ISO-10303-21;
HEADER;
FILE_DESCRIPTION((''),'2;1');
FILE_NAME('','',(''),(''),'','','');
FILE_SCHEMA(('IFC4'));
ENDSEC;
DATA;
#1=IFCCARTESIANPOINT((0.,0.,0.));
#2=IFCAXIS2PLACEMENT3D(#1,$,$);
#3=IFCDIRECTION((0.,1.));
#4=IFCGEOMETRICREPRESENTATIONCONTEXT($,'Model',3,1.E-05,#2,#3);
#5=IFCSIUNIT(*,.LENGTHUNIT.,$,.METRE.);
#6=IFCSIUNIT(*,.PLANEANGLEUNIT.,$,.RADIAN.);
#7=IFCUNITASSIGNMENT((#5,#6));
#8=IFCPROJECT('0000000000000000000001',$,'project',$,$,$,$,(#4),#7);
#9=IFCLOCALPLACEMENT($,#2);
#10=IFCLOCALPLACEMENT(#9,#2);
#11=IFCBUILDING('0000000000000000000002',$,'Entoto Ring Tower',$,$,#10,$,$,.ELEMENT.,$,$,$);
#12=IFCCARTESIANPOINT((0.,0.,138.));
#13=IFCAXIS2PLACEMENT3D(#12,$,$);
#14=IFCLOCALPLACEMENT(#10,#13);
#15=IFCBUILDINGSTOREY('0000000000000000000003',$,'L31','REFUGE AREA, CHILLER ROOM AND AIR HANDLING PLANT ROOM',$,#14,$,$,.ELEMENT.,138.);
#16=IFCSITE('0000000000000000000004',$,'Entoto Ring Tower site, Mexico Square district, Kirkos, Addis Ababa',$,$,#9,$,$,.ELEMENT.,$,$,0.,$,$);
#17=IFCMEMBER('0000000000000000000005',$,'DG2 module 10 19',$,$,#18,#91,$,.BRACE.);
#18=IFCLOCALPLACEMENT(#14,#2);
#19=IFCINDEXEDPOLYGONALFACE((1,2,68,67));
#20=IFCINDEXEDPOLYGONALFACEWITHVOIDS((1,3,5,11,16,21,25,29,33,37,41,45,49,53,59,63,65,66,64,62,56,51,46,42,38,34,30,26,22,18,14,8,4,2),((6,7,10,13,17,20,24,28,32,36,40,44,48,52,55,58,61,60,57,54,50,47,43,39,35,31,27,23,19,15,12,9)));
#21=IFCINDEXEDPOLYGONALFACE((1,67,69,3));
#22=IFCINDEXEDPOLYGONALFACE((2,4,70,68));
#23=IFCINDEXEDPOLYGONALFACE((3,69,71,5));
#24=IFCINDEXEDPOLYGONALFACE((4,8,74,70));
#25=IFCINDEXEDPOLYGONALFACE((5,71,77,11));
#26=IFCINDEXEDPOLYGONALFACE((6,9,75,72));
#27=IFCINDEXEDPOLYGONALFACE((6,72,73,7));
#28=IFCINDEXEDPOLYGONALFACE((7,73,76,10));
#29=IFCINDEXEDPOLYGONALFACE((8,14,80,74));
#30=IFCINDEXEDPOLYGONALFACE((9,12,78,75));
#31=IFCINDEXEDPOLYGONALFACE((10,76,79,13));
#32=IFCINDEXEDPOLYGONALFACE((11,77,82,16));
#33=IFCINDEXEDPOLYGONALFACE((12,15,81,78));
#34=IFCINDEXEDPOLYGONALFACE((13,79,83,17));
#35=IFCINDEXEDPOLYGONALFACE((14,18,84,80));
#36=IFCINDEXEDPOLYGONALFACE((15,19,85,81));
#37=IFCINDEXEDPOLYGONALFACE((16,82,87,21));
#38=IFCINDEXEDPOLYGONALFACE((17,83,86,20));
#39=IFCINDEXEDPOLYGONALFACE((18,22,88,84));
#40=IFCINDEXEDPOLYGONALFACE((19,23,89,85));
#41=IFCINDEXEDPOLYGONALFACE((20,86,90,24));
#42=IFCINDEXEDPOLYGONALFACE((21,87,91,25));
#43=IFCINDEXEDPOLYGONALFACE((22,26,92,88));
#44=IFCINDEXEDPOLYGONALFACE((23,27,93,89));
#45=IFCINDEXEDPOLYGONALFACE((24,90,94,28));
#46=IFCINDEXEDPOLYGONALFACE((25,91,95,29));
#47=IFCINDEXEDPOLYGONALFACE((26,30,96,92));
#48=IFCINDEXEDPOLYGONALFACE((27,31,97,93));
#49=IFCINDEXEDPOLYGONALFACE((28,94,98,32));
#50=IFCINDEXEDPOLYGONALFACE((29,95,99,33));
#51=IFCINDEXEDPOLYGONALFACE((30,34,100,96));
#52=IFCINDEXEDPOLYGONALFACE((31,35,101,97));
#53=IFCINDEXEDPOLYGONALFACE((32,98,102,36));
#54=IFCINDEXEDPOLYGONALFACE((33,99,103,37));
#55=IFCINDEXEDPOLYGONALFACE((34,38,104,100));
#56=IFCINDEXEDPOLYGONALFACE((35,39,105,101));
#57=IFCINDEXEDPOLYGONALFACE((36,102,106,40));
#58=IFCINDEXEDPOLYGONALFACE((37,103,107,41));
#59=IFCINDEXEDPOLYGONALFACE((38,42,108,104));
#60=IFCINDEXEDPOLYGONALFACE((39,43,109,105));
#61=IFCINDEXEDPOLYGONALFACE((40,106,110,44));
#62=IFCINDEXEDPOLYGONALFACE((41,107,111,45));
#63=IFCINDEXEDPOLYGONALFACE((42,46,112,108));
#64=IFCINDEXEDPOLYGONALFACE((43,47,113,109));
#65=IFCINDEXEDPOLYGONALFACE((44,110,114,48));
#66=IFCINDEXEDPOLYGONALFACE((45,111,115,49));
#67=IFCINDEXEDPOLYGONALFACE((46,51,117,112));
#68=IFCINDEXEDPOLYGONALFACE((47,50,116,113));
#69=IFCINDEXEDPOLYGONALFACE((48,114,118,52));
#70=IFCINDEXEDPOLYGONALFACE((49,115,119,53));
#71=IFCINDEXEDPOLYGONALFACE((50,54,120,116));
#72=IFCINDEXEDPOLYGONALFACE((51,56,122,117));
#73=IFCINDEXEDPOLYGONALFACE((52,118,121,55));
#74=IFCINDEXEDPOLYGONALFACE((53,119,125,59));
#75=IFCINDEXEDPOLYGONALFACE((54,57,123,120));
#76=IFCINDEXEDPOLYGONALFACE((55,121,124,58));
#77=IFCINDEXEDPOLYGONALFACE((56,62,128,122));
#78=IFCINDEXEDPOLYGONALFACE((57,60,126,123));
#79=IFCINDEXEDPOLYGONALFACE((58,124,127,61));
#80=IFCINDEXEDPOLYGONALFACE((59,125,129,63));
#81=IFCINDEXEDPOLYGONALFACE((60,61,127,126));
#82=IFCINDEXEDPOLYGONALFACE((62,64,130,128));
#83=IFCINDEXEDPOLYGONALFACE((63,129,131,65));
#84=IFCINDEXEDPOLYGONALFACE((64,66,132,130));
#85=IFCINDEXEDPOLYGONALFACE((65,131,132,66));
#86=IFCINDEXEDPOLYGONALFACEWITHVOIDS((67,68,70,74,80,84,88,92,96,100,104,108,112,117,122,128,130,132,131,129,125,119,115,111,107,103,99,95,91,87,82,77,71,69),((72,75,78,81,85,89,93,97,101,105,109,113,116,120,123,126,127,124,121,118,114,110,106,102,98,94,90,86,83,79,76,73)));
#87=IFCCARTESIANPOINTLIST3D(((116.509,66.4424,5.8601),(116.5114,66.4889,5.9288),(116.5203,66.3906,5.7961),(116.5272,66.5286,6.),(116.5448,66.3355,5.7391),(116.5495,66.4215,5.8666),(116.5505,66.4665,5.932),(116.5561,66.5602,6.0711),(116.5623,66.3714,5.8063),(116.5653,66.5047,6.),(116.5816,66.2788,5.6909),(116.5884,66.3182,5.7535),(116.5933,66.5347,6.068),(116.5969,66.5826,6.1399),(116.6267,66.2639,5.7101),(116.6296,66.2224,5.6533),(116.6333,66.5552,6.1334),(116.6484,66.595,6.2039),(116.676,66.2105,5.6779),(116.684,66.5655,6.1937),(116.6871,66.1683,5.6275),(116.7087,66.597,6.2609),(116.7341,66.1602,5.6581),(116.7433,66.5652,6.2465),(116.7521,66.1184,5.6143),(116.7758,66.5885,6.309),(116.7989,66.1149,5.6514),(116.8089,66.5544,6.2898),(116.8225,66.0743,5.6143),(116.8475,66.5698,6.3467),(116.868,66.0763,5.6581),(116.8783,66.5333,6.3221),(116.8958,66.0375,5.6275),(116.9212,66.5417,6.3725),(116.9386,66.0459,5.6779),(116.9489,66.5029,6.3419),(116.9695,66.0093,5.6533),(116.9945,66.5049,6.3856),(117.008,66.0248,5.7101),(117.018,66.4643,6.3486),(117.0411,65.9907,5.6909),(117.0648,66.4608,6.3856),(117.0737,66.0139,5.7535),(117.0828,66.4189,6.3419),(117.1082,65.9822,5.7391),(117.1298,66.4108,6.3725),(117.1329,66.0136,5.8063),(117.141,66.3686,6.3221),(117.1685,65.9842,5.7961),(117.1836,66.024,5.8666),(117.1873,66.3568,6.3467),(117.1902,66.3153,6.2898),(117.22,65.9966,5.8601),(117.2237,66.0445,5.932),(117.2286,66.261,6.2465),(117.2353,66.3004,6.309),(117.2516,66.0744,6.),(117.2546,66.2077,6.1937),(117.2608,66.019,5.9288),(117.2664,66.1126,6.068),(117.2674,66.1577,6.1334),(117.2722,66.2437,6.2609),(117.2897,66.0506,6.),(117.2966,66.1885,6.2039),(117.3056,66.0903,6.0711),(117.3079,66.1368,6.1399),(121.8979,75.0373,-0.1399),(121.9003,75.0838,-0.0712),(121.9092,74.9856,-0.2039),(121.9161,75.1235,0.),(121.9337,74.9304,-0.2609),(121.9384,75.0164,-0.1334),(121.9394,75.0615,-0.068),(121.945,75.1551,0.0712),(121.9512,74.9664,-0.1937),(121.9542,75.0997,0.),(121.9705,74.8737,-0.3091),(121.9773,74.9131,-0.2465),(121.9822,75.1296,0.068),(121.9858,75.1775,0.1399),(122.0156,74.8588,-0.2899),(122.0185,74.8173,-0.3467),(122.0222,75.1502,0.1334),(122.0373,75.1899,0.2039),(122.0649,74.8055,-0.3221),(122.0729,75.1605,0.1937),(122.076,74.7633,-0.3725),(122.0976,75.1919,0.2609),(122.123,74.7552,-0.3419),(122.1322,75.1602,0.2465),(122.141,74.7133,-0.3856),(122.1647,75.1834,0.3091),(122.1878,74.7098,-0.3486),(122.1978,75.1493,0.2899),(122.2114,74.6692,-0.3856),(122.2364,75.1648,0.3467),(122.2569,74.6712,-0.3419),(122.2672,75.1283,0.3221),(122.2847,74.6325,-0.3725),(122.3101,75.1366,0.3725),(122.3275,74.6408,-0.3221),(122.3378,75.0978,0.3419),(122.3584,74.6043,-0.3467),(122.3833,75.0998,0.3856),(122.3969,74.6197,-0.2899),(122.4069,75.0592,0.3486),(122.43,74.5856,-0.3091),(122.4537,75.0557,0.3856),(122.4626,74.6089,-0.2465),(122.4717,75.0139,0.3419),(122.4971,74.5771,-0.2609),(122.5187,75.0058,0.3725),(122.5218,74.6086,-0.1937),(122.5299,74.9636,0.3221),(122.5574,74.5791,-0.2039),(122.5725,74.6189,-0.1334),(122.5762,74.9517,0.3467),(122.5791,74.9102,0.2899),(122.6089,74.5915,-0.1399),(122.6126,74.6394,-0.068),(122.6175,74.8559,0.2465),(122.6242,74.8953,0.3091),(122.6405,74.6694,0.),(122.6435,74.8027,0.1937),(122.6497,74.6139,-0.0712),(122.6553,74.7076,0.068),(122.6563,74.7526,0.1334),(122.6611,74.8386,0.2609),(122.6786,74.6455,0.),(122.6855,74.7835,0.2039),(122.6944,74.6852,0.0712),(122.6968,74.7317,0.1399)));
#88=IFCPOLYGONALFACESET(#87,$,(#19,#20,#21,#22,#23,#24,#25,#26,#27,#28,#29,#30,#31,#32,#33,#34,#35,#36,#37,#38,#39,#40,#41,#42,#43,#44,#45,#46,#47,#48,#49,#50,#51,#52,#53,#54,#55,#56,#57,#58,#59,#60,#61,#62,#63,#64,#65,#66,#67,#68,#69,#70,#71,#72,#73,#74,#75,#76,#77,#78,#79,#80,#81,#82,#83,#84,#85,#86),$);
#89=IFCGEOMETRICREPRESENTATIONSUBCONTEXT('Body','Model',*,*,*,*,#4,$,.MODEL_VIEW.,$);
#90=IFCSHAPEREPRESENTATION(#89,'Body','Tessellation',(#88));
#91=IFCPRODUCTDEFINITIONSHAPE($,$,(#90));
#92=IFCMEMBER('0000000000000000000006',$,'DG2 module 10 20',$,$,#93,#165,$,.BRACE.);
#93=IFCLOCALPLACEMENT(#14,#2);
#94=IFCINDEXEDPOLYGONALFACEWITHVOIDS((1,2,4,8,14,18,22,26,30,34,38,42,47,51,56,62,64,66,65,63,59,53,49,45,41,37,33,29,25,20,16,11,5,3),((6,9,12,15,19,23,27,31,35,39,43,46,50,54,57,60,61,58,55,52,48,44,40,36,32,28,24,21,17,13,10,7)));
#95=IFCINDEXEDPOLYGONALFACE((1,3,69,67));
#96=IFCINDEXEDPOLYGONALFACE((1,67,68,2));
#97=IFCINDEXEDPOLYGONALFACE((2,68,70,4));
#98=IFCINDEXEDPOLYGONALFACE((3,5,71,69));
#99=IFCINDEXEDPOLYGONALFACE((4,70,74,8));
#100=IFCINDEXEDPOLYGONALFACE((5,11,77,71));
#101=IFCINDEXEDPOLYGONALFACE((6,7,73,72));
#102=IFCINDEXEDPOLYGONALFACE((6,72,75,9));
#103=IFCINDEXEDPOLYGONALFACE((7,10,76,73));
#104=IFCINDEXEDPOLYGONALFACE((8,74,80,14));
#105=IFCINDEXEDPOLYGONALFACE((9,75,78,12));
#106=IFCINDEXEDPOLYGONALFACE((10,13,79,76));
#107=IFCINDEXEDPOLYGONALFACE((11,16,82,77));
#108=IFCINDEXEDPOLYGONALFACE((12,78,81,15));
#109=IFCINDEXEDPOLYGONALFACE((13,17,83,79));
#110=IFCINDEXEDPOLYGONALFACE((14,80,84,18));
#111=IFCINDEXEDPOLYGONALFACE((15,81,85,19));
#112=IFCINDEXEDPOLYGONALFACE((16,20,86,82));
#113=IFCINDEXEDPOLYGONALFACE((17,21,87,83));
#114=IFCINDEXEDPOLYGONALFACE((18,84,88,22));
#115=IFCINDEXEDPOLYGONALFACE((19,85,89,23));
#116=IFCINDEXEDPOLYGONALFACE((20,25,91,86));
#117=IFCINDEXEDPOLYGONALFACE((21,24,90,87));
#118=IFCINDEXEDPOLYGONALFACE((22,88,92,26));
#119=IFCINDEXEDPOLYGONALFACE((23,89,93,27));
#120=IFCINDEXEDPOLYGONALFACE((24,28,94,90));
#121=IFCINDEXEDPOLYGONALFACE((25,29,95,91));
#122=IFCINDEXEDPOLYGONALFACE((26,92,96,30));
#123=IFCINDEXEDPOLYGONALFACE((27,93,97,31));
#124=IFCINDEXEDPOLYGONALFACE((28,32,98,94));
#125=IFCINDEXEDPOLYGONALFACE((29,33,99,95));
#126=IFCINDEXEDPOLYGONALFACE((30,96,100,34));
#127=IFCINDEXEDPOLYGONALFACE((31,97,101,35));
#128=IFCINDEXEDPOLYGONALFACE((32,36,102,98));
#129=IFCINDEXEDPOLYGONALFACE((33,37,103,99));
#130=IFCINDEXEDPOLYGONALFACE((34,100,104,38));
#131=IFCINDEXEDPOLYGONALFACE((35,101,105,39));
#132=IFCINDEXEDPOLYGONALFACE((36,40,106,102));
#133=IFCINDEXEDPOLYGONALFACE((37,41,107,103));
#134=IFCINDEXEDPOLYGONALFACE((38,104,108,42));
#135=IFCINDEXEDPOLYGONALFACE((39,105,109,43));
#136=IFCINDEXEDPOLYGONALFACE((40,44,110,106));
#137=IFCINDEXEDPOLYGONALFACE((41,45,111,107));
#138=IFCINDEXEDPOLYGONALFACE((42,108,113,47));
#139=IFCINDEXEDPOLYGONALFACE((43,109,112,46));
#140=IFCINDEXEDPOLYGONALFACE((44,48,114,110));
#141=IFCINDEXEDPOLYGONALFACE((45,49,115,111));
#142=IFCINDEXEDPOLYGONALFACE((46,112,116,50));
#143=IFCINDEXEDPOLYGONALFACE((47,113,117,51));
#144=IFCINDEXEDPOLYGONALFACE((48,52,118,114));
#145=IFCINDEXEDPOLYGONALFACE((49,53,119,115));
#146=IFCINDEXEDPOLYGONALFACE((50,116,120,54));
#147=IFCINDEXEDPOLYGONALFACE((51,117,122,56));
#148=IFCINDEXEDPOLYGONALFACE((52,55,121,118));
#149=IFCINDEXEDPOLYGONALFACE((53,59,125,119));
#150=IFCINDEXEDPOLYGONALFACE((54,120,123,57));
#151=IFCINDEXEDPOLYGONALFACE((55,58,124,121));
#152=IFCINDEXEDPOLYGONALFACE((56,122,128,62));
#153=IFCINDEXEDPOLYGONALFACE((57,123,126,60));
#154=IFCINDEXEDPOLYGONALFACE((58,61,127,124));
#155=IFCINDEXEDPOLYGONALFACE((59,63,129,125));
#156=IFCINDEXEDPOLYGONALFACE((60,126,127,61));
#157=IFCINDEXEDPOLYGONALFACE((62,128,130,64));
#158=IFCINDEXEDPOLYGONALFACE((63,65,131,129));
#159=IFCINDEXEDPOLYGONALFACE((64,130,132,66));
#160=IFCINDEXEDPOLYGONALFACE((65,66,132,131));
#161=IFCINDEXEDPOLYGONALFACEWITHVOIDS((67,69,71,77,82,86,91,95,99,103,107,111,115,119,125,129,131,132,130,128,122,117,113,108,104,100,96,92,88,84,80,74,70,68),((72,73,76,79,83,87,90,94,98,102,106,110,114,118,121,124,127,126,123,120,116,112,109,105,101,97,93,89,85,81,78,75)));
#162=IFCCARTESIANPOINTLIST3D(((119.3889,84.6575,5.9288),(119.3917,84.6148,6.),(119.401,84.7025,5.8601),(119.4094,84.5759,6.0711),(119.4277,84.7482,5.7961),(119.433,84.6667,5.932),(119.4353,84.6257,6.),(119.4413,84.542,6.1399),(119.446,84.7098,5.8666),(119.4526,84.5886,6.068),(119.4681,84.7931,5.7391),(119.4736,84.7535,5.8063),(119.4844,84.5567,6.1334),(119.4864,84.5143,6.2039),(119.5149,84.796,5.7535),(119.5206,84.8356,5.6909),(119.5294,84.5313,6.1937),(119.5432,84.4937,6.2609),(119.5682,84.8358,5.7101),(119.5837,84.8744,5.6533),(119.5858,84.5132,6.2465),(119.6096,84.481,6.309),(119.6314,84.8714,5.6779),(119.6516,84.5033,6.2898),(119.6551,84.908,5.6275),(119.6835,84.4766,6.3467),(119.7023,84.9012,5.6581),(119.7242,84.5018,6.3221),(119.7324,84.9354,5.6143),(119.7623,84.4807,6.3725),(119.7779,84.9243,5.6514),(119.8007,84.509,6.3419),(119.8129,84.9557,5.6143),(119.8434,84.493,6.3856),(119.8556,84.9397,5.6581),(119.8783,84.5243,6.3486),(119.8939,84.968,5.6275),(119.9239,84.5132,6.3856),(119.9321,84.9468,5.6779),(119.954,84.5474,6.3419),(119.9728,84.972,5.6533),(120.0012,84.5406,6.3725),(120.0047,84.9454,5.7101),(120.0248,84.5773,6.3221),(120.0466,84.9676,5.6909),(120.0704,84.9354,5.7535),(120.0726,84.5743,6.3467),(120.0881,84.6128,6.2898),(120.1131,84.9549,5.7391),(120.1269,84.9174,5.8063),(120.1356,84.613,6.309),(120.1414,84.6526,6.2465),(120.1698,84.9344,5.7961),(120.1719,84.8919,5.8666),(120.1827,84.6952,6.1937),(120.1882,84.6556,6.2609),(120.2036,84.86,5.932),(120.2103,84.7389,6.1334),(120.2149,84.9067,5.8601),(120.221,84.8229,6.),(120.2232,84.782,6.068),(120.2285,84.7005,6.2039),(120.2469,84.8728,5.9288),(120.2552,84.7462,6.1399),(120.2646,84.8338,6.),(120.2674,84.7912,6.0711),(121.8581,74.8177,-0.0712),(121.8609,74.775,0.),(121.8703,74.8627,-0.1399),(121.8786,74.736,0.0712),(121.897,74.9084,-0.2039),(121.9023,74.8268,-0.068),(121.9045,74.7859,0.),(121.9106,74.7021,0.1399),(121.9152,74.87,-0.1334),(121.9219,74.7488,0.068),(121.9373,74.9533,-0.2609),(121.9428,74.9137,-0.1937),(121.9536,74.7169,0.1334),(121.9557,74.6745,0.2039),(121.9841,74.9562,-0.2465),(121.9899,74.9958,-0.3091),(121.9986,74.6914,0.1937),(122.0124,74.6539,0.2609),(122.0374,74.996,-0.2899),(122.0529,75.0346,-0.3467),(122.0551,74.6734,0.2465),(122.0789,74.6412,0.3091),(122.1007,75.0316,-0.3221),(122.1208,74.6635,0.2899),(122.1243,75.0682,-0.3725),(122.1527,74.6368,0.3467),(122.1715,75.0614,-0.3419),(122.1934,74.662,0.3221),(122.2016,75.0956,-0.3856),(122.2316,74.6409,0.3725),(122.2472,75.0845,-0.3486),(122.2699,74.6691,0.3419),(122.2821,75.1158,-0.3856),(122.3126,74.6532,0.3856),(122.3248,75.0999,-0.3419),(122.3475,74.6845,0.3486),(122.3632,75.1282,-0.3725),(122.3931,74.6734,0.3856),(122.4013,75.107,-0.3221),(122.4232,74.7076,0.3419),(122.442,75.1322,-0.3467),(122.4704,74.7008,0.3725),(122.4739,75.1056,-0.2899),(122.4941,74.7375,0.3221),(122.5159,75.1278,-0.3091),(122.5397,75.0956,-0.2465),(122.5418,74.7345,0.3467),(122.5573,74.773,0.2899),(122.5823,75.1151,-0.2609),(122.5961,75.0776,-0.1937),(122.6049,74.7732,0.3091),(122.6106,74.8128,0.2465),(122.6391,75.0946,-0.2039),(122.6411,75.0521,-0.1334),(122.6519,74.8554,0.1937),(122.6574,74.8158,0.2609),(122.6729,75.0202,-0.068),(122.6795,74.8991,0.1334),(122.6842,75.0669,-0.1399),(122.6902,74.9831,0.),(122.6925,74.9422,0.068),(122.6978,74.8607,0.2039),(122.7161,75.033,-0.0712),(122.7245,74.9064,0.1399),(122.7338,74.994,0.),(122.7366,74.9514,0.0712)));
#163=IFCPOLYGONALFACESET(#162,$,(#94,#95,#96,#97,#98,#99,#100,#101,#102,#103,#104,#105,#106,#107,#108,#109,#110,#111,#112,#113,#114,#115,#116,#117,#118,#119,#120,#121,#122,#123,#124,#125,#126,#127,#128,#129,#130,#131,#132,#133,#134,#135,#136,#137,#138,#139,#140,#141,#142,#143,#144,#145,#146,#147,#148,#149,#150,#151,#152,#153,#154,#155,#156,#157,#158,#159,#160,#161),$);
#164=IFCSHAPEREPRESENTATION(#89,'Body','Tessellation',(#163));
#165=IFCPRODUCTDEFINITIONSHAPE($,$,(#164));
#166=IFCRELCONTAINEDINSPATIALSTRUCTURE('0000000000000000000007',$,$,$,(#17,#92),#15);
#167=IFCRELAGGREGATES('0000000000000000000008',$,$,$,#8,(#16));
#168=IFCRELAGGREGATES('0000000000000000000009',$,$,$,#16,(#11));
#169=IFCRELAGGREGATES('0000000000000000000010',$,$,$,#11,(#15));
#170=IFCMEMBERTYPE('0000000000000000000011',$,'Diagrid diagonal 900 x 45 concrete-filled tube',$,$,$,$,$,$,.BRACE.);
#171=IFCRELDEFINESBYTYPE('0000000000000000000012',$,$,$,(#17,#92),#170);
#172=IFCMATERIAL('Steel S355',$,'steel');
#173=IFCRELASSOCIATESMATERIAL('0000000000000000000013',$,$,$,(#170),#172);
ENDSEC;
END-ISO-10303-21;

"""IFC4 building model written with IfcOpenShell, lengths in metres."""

from ifc_helpers import new_model, si_unit, direction, frame, origin, origin_2d, place, context, subcontext, project, spatial, circle, hollow_circle, extrude, material, material_profile, profile_set, type_object, element, save


model = new_model("IFC4")

# Units and contexts
model_context = context("Model", 3, precision=1e-05, world=origin(), true_north=direction((0.0, 1.0)))
body_context = subcontext(model_context, "Body", "Model", "MODEL_VIEW")
ifc_project = project(units=[si_unit("LENGTHUNIT", "METRE"), si_unit("PLANEANGLEUNIT", "RADIAN")], contexts=[model_context])

# Site, building, storey
site_placement = place(None, origin())
site = spatial("IfcSite", under=ifc_project, at=site_placement, Name="Entoto Ring Tower site, Mexico Square district, Kirkos, Addis Ababa", CompositionType="ELEMENT", RefElevation=0.0)
building_placement = place(site_placement, origin())
building = spatial("IfcBuilding", under=site, at=building_placement, Name="Entoto Ring Tower", CompositionType="ELEMENT")
storey_placement = place(building_placement, frame((0.0, 0.0, 138.0)))
storey = spatial("IfcBuildingStorey", under=building, at=storey_placement, Name="L31", Description="REFUGE AREA, CHILLER ROOM AND AIR HANDLING PLANT ROOM", CompositionType="ELEMENT", Elevation=138.0)

# Members
ifc_material_1 = material(Name="Steel S355", Category="steel")
ifc_material_profile_1 = material_profile(ifc_material_1, hollow_circle(Radius=0.45, WallThickness=0.0449, at=origin_2d()), Name="CHS 900 x 45")
ifc_material_2 = material(Name="Concrete C60/75", Category="concrete")
ifc_material_profile_2 = material_profile(ifc_material_2, circle(Radius=0.405, at=origin_2d()), Name="Concrete C60/75 infill")
ifc_profile_set_1 = profile_set([ifc_material_profile_1, ifc_material_profile_2], Name="Steel S355")
member_type_1 = type_object("IfcMemberType", Name="Diagrid diagonal 900 x 45 concrete-filled tube", PredefinedType="BRACE", material=ifc_profile_set_1)
member_1_placement = place(storey_placement, frame((122.2974, 74.8845, 0.0), z_axis=(-0.457223, -0.729242, 0.509071), x_axis=(0.847242, -0.531208, 0.0)))
element("IfcMember", 1, at=member_1_placement, inside=storey, type_object=member_type_1, Name="DG2 module 10 19", PredefinedType="BRACE", context=body_context, shape_type="SweptSolid", body=[
    extrude(hollow_circle(Radius=0.45, WallThickness=0.0449, at=origin_2d()), origin(), (0.0, 0.0, 1.0), 11.7861),
])
member_2_placement = place(storey_placement, frame((122.2974, 74.8845, 0.0), z_axis=(-0.209499, 0.834846, 0.50906), x_axis=(-0.969927, -0.243396, 0.0)))
element("IfcMember", 2, at=member_2_placement, inside=storey, type_object=member_type_1, Name="DG2 module 10 20", PredefinedType="BRACE", context=body_context, shape_type="SweptSolid", body=[
    extrude(hollow_circle(Radius=0.45, WallThickness=0.0449, at=origin_2d()), origin(), (0.0, 0.0, 1.0), 11.7864),
])

save(model, "model.ifc")
